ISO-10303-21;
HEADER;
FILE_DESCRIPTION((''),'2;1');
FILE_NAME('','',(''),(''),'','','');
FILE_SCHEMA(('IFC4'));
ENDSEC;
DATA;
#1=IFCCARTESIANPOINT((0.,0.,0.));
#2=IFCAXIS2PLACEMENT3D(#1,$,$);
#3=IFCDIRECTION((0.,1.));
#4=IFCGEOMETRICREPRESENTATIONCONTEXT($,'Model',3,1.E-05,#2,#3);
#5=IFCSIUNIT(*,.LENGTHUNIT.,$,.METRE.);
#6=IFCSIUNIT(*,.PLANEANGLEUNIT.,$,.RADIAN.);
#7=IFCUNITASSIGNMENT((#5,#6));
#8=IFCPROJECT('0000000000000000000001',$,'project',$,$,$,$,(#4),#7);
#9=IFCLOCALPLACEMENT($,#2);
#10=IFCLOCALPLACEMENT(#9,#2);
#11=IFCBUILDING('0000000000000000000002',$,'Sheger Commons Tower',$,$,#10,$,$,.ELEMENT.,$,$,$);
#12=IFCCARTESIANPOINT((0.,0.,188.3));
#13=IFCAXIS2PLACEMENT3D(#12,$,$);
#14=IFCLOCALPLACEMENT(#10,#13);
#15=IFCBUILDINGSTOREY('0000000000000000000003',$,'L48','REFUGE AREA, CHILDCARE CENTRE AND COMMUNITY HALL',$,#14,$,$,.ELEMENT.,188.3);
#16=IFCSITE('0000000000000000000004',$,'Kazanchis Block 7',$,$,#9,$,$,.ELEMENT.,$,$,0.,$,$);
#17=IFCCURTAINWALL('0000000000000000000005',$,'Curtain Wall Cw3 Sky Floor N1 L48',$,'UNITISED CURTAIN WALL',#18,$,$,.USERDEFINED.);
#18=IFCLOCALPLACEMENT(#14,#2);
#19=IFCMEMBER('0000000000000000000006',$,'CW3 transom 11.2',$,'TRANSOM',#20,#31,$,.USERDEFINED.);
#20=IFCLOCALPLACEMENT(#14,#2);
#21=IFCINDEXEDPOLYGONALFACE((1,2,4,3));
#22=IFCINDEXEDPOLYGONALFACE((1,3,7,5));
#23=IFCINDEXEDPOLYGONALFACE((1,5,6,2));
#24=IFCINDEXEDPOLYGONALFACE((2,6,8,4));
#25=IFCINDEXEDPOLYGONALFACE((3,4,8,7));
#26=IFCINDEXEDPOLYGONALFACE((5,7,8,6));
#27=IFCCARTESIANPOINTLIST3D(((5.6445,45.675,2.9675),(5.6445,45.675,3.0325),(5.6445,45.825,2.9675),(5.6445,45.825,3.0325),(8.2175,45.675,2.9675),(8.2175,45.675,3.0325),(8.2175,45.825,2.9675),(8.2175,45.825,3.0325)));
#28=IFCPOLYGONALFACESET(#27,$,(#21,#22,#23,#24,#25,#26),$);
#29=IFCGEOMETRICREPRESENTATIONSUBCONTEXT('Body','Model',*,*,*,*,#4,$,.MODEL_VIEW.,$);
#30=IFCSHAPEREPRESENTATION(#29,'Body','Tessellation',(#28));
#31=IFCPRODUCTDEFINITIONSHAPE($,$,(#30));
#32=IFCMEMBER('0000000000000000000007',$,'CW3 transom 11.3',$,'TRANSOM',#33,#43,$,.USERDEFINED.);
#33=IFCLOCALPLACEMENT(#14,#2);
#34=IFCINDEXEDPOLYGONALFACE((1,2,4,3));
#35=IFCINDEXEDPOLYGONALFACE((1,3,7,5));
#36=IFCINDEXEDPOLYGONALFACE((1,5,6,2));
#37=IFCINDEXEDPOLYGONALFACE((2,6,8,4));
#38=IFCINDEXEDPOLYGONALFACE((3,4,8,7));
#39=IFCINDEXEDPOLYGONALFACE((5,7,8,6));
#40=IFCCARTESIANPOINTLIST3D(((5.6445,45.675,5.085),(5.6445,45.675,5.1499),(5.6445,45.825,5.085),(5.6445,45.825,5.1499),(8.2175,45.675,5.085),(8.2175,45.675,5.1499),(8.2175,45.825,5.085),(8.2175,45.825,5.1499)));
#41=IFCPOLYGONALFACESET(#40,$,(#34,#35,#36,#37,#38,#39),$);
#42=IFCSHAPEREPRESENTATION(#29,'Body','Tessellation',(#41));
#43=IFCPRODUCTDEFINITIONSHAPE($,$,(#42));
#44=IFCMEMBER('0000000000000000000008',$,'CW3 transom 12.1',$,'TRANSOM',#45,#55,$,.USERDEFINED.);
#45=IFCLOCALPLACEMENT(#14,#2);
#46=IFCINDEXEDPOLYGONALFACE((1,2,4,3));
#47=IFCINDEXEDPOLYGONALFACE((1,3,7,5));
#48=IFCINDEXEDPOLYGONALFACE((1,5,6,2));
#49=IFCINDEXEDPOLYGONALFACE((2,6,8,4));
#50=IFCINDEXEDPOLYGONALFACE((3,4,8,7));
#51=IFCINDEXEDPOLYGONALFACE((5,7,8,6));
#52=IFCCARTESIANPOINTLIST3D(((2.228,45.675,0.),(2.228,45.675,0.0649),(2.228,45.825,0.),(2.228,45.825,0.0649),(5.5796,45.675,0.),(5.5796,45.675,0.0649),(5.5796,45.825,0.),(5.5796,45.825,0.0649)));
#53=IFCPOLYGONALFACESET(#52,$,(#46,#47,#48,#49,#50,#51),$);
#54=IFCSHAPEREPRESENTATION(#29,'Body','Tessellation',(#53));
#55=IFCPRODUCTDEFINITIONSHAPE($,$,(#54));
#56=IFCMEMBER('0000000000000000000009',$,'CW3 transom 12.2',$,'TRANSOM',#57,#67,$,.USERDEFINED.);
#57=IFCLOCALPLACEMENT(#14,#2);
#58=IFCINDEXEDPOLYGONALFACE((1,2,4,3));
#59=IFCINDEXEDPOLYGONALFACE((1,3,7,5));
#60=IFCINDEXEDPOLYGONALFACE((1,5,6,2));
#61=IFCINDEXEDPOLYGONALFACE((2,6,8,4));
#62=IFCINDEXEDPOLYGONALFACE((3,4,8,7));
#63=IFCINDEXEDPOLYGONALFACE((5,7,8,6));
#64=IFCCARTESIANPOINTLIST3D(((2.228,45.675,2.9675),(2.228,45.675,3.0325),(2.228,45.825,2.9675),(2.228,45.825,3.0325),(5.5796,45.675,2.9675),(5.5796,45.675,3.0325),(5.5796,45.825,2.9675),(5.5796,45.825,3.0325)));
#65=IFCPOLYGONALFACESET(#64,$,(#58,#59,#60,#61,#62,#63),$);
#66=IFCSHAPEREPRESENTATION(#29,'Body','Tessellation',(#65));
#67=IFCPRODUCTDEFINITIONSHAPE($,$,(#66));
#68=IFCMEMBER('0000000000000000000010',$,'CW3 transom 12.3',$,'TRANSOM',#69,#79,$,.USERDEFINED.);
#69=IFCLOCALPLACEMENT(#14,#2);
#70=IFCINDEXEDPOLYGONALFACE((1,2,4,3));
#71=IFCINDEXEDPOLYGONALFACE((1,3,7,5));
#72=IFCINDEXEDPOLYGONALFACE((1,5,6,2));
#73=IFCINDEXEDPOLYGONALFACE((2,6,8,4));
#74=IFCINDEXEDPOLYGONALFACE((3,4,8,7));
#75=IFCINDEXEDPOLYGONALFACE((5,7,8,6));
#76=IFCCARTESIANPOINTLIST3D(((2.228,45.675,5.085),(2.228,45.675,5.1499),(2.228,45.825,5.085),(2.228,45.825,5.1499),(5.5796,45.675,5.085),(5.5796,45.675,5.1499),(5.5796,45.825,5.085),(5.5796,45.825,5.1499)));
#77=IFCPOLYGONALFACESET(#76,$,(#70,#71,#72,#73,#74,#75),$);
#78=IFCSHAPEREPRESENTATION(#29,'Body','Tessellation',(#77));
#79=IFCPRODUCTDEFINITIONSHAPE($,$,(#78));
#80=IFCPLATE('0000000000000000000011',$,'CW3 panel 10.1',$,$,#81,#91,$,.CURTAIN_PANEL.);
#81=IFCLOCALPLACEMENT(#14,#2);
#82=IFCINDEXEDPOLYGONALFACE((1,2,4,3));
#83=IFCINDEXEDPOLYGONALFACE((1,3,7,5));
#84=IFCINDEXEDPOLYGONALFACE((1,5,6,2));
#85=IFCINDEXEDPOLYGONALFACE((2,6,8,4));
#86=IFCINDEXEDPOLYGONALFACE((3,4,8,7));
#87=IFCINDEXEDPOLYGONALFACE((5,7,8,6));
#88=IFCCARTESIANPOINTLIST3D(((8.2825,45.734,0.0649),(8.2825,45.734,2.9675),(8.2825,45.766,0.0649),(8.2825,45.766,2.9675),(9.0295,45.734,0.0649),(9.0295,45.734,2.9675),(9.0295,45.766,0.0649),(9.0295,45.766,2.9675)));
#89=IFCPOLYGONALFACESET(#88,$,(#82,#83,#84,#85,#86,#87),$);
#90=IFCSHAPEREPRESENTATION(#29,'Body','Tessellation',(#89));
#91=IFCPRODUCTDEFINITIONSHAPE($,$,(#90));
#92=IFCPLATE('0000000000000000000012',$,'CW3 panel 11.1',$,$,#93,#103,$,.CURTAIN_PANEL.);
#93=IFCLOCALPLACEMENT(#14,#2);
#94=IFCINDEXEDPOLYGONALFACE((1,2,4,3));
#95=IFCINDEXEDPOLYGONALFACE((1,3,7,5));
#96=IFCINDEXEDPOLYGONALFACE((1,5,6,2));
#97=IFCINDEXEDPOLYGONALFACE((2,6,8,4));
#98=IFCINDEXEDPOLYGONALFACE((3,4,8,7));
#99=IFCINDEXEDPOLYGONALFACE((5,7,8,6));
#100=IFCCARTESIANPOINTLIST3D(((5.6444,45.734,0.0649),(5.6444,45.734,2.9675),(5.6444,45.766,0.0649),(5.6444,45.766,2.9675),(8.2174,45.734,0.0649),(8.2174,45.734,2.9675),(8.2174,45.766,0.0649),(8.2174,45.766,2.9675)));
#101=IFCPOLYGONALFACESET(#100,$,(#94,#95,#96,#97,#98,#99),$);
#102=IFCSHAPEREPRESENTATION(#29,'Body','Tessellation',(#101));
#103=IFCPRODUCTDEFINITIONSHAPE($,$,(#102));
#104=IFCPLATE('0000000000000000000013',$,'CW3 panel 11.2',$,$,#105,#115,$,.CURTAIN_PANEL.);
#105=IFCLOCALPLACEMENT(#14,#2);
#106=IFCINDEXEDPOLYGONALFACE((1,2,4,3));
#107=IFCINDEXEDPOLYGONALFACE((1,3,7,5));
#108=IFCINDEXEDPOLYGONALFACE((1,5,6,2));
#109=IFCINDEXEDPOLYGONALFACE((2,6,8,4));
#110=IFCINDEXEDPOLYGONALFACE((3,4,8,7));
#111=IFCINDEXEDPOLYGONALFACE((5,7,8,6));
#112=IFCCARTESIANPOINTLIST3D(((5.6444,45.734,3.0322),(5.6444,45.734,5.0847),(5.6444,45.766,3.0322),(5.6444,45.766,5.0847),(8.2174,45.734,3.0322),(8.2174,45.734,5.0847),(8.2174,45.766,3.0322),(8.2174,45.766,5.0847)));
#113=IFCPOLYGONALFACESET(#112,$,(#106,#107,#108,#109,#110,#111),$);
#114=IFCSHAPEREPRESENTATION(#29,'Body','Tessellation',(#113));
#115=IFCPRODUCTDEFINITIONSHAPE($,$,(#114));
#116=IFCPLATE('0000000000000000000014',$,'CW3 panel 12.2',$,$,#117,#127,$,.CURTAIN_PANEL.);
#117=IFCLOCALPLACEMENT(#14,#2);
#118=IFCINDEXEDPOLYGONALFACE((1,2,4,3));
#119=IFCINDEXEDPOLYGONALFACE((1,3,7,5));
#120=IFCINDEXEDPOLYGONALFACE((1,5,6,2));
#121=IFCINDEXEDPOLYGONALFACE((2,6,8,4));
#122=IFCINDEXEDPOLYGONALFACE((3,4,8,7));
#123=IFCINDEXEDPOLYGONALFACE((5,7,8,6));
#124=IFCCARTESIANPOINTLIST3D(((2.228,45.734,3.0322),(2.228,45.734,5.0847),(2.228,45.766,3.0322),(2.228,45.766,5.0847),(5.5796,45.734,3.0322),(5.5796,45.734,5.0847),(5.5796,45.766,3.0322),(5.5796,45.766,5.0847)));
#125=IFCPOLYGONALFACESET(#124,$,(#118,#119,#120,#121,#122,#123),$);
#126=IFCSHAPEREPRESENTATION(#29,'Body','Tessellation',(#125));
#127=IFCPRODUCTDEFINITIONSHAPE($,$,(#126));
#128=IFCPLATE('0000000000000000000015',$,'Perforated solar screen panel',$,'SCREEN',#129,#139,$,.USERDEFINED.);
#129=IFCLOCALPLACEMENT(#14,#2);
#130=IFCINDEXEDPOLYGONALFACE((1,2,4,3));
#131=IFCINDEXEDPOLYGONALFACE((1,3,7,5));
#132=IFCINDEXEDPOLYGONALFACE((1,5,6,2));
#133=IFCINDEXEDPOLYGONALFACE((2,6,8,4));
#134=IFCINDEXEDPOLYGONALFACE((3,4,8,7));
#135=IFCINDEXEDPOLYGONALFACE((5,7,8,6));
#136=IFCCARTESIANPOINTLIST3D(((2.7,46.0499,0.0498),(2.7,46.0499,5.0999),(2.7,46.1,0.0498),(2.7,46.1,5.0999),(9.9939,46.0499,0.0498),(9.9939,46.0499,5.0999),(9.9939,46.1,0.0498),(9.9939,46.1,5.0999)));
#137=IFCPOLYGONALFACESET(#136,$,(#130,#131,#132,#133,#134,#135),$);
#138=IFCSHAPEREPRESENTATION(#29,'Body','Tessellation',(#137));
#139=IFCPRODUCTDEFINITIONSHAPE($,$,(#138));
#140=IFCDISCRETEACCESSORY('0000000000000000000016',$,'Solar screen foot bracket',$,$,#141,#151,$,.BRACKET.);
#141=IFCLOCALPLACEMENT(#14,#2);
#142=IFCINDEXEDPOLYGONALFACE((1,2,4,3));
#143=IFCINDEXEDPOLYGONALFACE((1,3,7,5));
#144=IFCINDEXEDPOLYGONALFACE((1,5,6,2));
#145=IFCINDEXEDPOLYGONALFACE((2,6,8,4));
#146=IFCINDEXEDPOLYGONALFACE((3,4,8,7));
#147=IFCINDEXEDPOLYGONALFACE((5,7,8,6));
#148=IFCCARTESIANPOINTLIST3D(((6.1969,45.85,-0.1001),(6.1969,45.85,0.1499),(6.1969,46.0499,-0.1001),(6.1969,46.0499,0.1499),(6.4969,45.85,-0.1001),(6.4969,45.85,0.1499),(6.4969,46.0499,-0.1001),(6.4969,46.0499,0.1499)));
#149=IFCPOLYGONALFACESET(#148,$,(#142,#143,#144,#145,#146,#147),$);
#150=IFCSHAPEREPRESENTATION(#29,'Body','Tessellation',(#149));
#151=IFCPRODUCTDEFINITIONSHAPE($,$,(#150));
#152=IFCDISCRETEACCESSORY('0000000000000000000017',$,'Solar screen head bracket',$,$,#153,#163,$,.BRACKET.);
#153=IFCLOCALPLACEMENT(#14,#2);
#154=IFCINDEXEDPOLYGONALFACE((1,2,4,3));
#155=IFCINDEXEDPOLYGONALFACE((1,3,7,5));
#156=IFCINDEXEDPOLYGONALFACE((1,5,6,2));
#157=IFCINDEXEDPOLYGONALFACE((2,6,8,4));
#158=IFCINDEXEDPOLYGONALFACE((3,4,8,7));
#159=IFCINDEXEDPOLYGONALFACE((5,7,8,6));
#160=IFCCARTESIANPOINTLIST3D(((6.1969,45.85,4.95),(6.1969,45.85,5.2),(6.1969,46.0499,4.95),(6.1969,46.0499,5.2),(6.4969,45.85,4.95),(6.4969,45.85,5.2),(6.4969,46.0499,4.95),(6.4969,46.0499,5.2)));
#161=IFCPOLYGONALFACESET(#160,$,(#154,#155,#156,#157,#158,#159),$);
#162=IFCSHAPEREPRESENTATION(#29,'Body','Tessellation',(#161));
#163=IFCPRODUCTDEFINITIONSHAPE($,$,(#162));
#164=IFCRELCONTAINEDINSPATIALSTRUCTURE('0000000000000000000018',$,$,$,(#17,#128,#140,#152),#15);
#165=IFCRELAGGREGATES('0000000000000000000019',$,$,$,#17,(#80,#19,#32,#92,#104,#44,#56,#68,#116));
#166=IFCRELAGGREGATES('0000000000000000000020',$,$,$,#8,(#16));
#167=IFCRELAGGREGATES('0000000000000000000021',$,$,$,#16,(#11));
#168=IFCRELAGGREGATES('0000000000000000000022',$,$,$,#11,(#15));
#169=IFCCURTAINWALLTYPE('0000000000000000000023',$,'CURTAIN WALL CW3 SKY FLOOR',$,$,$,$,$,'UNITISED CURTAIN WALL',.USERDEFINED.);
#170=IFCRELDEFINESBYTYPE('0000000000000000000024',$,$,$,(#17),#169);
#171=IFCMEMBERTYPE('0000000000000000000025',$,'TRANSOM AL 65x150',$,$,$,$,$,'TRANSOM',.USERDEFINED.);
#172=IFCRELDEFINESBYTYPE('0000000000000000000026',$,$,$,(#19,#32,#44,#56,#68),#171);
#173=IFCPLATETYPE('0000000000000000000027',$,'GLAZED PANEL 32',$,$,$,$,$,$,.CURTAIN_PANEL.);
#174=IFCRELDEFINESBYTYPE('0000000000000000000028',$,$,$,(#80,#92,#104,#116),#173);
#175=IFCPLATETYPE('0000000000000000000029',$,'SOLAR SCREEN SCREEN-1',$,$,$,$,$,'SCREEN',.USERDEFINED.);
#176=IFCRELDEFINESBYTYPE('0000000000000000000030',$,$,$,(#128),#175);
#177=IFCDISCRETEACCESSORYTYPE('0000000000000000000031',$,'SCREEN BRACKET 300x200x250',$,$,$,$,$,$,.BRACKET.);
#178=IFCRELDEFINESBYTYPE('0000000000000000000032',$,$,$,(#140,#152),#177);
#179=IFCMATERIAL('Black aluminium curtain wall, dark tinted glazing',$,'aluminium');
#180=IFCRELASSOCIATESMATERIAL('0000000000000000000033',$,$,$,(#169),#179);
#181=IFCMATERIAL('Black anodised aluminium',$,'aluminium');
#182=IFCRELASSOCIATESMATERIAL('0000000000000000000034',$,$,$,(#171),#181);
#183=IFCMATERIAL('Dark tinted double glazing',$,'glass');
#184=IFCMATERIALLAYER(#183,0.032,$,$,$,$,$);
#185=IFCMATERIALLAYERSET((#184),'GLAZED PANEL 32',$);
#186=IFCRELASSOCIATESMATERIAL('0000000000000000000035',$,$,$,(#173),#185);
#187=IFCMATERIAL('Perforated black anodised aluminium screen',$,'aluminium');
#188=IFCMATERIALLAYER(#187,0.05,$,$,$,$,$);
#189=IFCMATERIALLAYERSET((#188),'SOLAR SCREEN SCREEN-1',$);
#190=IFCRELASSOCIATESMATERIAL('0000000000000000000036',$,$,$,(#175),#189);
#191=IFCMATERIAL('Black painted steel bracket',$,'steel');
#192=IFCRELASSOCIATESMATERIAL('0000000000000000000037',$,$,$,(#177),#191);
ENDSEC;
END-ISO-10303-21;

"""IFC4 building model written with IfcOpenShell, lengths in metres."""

from ifc_helpers import new_model, si_unit, direction, frame, origin, origin_2d, place, context, subcontext, project, spatial, rectangle, extrude, material, layer, layer_set, material_profile, profile_set, type_object, element, aggregate, save


model = new_model("IFC4")

# Units and contexts
model_context = context("Model", 3, precision=1e-05, world=origin(), true_north=direction((0.0, 1.0)))
body_context = subcontext(model_context, "Body", "Model", "MODEL_VIEW")
ifc_project = project(units=[si_unit("LENGTHUNIT", "METRE"), si_unit("PLANEANGLEUNIT", "RADIAN")], contexts=[model_context])

# Site, building, storey
site_placement = place(None, origin())
site = spatial("IfcSite", under=ifc_project, at=site_placement, Name="Kazanchis Block 7", CompositionType="ELEMENT", RefElevation=0.0)
building_placement = place(site_placement, origin())
building = spatial("IfcBuilding", under=site, at=building_placement, Name="Sheger Commons Tower", CompositionType="ELEMENT")
storey_placement = place(building_placement, frame((0.0, 0.0, 188.3)))
storey = spatial("IfcBuildingStorey", under=building, at=storey_placement, Name="L48", Description="REFUGE AREA, CHILDCARE CENTRE AND COMMUNITY HALL", CompositionType="ELEMENT", Elevation=188.3)

# Curtain wall
ifc_material_1 = material(Name="Black aluminium curtain wall, dark tinted glazing", Category="aluminium")
curtain_wall_type = type_object("IfcCurtainWallType", Name="CURTAIN WALL CW3 SKY FLOOR", ElementType="UNITISED CURTAIN WALL", PredefinedType="USERDEFINED", material=ifc_material_1)
curtain_wall_placement = place(storey_placement, origin())
curtain_wall = element("IfcCurtainWall", 1, at=curtain_wall_placement, inside=storey, type_object=curtain_wall_type, Name="Curtain Wall Cw3 Sky Floor N1 L48", ObjectType="UNITISED CURTAIN WALL", PredefinedType="USERDEFINED")

# Members
ifc_material_2 = material(Name="Black anodised aluminium", Category="aluminium")
ifc_material_profile_1 = material_profile(ifc_material_2, rectangle(XDim=0.1499, YDim=0.0649, at=origin_2d()), Name="AL 65x150")
ifc_profile_set_1 = profile_set([ifc_material_profile_1], Name="Black anodised aluminium")
member_type_1 = type_object("IfcMemberType", Name="TRANSOM AL 65x150", ElementType="TRANSOM", PredefinedType="USERDEFINED", material=ifc_profile_set_1)
member_1_placement = place(storey_placement, frame((8.2175, 45.75, 3.0), z_axis=(-1.0, 0.0, 0.0), x_axis=(0.0, -1.0, 0.0)))
member_1 = element("IfcMember", 2, at=member_1_placement, type_object=member_type_1, Name="CW3 transom 11.2", ObjectType="TRANSOM", PredefinedType="USERDEFINED", context=body_context, shape_type="SweptSolid", body=[
    extrude(rectangle(XDim=0.1499, YDim=0.0649, at=origin_2d()), origin(), (0.0, 0.0, 1.0), 2.573),
])
member_2_placement = place(storey_placement, frame((8.2175, 45.75, 5.1174), z_axis=(-1.0, 0.0, 0.0), x_axis=(0.0, -1.0, 0.0)))
member_2 = element("IfcMember", 3, at=member_2_placement, type_object=member_type_1, Name="CW3 transom 11.3", ObjectType="TRANSOM", PredefinedType="USERDEFINED", context=body_context, shape_type="SweptSolid", body=[
    extrude(rectangle(XDim=0.1499, YDim=0.0649, at=origin_2d()), origin(), (0.0, 0.0, 1.0), 2.573),
])
member_3_placement = place(storey_placement, frame((5.5796, 45.75, 0.0325), z_axis=(-1.0, 0.0, 0.0), x_axis=(0.0, -1.0, 0.0)))
member_3 = element("IfcMember", 4, at=member_3_placement, type_object=member_type_1, Name="CW3 transom 12.1", ObjectType="TRANSOM", PredefinedType="USERDEFINED", context=body_context, shape_type="SweptSolid", body=[
    extrude(rectangle(XDim=0.1499, YDim=0.0649, at=origin_2d()), origin(), (0.0, 0.0, 1.0), 3.3516),
])
member_4_placement = place(storey_placement, frame((5.5796, 45.75, 3.0), z_axis=(-1.0, 0.0, 0.0), x_axis=(0.0, -1.0, 0.0)))
member_4 = element("IfcMember", 5, at=member_4_placement, type_object=member_type_1, Name="CW3 transom 12.2", ObjectType="TRANSOM", PredefinedType="USERDEFINED", context=body_context, shape_type="SweptSolid", body=[
    extrude(rectangle(XDim=0.1499, YDim=0.0649, at=origin_2d()), origin(), (0.0, 0.0, 1.0), 3.3516),
])
member_5_placement = place(storey_placement, frame((5.5796, 45.75, 5.1174), z_axis=(-1.0, 0.0, 0.0), x_axis=(0.0, -1.0, 0.0)))
member_5 = element("IfcMember", 6, at=member_5_placement, type_object=member_type_1, Name="CW3 transom 12.3", ObjectType="TRANSOM", PredefinedType="USERDEFINED", context=body_context, shape_type="SweptSolid", body=[
    extrude(rectangle(XDim=0.1499, YDim=0.0649, at=origin_2d()), origin(), (0.0, 0.0, 1.0), 3.3516),
])

# Plates
ifc_material_3 = material(Name="Dark tinted double glazing", Category="glass")
ifc_layer_1 = layer(ifc_material_3, 0.032)
ifc_layer_set_1 = layer_set([ifc_layer_1], Name="GLAZED PANEL 32")
plate_type_1 = type_object("IfcPlateType", Name="GLAZED PANEL 32", PredefinedType="CURTAIN_PANEL", material=ifc_layer_set_1)
plate_1_placement = place(storey_placement, frame((8.656, 45.75, 0.0649), z_axis=(0.0, 0.0, 1.0), x_axis=(-1.0, 0.0, 0.0)))
plate_1 = element("IfcPlate", 7, at=plate_1_placement, type_object=plate_type_1, Name="CW3 panel 10.1", PredefinedType="CURTAIN_PANEL", context=body_context, shape_type="SweptSolid", body=[
    extrude(rectangle(XDim=0.7471, YDim=0.032, at=origin_2d()), origin(), (0.0, 0.0, 1.0), 2.9026),
])
plate_2_placement = place(storey_placement, frame((6.9309, 45.75, 0.0649), z_axis=(0.0, 0.0, 1.0), x_axis=(-1.0, 0.0, 0.0)))
plate_2 = element("IfcPlate", 8, at=plate_2_placement, type_object=plate_type_1, Name="CW3 panel 11.1", PredefinedType="CURTAIN_PANEL", context=body_context, shape_type="SweptSolid", body=[
    extrude(rectangle(XDim=2.573, YDim=0.032, at=origin_2d()), origin(), (0.0, 0.0, 1.0), 2.9026),
])
plate_3_placement = place(storey_placement, frame((6.9309, 45.75, 3.0322), z_axis=(0.0, 0.0, 1.0), x_axis=(-1.0, 0.0, 0.0)))
plate_3 = element("IfcPlate", 9, at=plate_3_placement, type_object=plate_type_1, Name="CW3 panel 11.2", PredefinedType="CURTAIN_PANEL", context=body_context, shape_type="SweptSolid", body=[
    extrude(rectangle(XDim=2.573, YDim=0.032, at=origin_2d()), origin(), (0.0, 0.0, 1.0), 2.0525),
])
plate_4_placement = place(storey_placement, frame((3.9038, 45.75, 3.0322), z_axis=(0.0, 0.0, 1.0), x_axis=(-1.0, 0.0, 0.0)))
plate_4 = element("IfcPlate", 10, at=plate_4_placement, type_object=plate_type_1, Name="CW3 panel 12.2", PredefinedType="CURTAIN_PANEL", context=body_context, shape_type="SweptSolid", body=[
    extrude(rectangle(XDim=3.3516, YDim=0.032, at=origin_2d()), origin(), (0.0, 0.0, 1.0), 2.0525),
])
aggregate(curtain_wall, [plate_1, member_1, member_2, plate_2, plate_3, member_3, member_4, member_5, plate_4])
ifc_material_4 = material(Name="Perforated black anodised aluminium screen", Category="aluminium")
ifc_layer_2 = layer(ifc_material_4, 0.05)
ifc_layer_set_2 = layer_set([ifc_layer_2], Name="SOLAR SCREEN SCREEN-1")
plate_type_2 = type_object("IfcPlateType", Name="SOLAR SCREEN SCREEN-1", ElementType="SCREEN", PredefinedType="USERDEFINED", material=ifc_layer_set_2)
plate_5_placement = place(storey_placement, frame((6.3469, 46.075, 0.0498), z_axis=(0.0, 0.0, 1.0), x_axis=(-1.0, 0.0, 0.0)))
element("IfcPlate", 11, at=plate_5_placement, inside=storey, type_object=plate_type_2, Name="Perforated solar screen panel", ObjectType="SCREEN", PredefinedType="USERDEFINED", context=body_context, shape_type="SweptSolid", body=[
    extrude(rectangle(XDim=7.2939, YDim=0.05, at=origin_2d()), origin(), (0.0, 0.0, 1.0), 5.05),
])

# Discrete accessories
ifc_material_5 = material(Name="Black painted steel bracket", Category="steel")
discrete_accessory_type = type_object("IfcDiscreteAccessoryType", Name="SCREEN BRACKET 300x200x250", PredefinedType="BRACKET", material=ifc_material_5)
for number, where, z_axis, x_axis, name in (
    (12, (6.3469, 45.95, -0.1001), (0.0, 0.0, 1.0), (-1.0, 0.0, 0.0), "Solar screen foot bracket"),
    (13, (6.3469, 45.95, 4.95), (0.0, 0.0, 1.0), (-1.0, 0.0, 0.0), "Solar screen head bracket"),
):
    element("IfcDiscreteAccessory", number, at=place(storey_placement, frame(where, z_axis=z_axis, x_axis=x_axis)), inside=storey, type_object=discrete_accessory_type, Name=name, PredefinedType="BRACKET", context=body_context, shape_type="SweptSolid", body=[
        extrude(rectangle(XDim=0.3, YDim=0.2, at=origin_2d()), origin(), (0.0, 0.0, 1.0), 0.25),
    ])

save(model, "model.ifc")
